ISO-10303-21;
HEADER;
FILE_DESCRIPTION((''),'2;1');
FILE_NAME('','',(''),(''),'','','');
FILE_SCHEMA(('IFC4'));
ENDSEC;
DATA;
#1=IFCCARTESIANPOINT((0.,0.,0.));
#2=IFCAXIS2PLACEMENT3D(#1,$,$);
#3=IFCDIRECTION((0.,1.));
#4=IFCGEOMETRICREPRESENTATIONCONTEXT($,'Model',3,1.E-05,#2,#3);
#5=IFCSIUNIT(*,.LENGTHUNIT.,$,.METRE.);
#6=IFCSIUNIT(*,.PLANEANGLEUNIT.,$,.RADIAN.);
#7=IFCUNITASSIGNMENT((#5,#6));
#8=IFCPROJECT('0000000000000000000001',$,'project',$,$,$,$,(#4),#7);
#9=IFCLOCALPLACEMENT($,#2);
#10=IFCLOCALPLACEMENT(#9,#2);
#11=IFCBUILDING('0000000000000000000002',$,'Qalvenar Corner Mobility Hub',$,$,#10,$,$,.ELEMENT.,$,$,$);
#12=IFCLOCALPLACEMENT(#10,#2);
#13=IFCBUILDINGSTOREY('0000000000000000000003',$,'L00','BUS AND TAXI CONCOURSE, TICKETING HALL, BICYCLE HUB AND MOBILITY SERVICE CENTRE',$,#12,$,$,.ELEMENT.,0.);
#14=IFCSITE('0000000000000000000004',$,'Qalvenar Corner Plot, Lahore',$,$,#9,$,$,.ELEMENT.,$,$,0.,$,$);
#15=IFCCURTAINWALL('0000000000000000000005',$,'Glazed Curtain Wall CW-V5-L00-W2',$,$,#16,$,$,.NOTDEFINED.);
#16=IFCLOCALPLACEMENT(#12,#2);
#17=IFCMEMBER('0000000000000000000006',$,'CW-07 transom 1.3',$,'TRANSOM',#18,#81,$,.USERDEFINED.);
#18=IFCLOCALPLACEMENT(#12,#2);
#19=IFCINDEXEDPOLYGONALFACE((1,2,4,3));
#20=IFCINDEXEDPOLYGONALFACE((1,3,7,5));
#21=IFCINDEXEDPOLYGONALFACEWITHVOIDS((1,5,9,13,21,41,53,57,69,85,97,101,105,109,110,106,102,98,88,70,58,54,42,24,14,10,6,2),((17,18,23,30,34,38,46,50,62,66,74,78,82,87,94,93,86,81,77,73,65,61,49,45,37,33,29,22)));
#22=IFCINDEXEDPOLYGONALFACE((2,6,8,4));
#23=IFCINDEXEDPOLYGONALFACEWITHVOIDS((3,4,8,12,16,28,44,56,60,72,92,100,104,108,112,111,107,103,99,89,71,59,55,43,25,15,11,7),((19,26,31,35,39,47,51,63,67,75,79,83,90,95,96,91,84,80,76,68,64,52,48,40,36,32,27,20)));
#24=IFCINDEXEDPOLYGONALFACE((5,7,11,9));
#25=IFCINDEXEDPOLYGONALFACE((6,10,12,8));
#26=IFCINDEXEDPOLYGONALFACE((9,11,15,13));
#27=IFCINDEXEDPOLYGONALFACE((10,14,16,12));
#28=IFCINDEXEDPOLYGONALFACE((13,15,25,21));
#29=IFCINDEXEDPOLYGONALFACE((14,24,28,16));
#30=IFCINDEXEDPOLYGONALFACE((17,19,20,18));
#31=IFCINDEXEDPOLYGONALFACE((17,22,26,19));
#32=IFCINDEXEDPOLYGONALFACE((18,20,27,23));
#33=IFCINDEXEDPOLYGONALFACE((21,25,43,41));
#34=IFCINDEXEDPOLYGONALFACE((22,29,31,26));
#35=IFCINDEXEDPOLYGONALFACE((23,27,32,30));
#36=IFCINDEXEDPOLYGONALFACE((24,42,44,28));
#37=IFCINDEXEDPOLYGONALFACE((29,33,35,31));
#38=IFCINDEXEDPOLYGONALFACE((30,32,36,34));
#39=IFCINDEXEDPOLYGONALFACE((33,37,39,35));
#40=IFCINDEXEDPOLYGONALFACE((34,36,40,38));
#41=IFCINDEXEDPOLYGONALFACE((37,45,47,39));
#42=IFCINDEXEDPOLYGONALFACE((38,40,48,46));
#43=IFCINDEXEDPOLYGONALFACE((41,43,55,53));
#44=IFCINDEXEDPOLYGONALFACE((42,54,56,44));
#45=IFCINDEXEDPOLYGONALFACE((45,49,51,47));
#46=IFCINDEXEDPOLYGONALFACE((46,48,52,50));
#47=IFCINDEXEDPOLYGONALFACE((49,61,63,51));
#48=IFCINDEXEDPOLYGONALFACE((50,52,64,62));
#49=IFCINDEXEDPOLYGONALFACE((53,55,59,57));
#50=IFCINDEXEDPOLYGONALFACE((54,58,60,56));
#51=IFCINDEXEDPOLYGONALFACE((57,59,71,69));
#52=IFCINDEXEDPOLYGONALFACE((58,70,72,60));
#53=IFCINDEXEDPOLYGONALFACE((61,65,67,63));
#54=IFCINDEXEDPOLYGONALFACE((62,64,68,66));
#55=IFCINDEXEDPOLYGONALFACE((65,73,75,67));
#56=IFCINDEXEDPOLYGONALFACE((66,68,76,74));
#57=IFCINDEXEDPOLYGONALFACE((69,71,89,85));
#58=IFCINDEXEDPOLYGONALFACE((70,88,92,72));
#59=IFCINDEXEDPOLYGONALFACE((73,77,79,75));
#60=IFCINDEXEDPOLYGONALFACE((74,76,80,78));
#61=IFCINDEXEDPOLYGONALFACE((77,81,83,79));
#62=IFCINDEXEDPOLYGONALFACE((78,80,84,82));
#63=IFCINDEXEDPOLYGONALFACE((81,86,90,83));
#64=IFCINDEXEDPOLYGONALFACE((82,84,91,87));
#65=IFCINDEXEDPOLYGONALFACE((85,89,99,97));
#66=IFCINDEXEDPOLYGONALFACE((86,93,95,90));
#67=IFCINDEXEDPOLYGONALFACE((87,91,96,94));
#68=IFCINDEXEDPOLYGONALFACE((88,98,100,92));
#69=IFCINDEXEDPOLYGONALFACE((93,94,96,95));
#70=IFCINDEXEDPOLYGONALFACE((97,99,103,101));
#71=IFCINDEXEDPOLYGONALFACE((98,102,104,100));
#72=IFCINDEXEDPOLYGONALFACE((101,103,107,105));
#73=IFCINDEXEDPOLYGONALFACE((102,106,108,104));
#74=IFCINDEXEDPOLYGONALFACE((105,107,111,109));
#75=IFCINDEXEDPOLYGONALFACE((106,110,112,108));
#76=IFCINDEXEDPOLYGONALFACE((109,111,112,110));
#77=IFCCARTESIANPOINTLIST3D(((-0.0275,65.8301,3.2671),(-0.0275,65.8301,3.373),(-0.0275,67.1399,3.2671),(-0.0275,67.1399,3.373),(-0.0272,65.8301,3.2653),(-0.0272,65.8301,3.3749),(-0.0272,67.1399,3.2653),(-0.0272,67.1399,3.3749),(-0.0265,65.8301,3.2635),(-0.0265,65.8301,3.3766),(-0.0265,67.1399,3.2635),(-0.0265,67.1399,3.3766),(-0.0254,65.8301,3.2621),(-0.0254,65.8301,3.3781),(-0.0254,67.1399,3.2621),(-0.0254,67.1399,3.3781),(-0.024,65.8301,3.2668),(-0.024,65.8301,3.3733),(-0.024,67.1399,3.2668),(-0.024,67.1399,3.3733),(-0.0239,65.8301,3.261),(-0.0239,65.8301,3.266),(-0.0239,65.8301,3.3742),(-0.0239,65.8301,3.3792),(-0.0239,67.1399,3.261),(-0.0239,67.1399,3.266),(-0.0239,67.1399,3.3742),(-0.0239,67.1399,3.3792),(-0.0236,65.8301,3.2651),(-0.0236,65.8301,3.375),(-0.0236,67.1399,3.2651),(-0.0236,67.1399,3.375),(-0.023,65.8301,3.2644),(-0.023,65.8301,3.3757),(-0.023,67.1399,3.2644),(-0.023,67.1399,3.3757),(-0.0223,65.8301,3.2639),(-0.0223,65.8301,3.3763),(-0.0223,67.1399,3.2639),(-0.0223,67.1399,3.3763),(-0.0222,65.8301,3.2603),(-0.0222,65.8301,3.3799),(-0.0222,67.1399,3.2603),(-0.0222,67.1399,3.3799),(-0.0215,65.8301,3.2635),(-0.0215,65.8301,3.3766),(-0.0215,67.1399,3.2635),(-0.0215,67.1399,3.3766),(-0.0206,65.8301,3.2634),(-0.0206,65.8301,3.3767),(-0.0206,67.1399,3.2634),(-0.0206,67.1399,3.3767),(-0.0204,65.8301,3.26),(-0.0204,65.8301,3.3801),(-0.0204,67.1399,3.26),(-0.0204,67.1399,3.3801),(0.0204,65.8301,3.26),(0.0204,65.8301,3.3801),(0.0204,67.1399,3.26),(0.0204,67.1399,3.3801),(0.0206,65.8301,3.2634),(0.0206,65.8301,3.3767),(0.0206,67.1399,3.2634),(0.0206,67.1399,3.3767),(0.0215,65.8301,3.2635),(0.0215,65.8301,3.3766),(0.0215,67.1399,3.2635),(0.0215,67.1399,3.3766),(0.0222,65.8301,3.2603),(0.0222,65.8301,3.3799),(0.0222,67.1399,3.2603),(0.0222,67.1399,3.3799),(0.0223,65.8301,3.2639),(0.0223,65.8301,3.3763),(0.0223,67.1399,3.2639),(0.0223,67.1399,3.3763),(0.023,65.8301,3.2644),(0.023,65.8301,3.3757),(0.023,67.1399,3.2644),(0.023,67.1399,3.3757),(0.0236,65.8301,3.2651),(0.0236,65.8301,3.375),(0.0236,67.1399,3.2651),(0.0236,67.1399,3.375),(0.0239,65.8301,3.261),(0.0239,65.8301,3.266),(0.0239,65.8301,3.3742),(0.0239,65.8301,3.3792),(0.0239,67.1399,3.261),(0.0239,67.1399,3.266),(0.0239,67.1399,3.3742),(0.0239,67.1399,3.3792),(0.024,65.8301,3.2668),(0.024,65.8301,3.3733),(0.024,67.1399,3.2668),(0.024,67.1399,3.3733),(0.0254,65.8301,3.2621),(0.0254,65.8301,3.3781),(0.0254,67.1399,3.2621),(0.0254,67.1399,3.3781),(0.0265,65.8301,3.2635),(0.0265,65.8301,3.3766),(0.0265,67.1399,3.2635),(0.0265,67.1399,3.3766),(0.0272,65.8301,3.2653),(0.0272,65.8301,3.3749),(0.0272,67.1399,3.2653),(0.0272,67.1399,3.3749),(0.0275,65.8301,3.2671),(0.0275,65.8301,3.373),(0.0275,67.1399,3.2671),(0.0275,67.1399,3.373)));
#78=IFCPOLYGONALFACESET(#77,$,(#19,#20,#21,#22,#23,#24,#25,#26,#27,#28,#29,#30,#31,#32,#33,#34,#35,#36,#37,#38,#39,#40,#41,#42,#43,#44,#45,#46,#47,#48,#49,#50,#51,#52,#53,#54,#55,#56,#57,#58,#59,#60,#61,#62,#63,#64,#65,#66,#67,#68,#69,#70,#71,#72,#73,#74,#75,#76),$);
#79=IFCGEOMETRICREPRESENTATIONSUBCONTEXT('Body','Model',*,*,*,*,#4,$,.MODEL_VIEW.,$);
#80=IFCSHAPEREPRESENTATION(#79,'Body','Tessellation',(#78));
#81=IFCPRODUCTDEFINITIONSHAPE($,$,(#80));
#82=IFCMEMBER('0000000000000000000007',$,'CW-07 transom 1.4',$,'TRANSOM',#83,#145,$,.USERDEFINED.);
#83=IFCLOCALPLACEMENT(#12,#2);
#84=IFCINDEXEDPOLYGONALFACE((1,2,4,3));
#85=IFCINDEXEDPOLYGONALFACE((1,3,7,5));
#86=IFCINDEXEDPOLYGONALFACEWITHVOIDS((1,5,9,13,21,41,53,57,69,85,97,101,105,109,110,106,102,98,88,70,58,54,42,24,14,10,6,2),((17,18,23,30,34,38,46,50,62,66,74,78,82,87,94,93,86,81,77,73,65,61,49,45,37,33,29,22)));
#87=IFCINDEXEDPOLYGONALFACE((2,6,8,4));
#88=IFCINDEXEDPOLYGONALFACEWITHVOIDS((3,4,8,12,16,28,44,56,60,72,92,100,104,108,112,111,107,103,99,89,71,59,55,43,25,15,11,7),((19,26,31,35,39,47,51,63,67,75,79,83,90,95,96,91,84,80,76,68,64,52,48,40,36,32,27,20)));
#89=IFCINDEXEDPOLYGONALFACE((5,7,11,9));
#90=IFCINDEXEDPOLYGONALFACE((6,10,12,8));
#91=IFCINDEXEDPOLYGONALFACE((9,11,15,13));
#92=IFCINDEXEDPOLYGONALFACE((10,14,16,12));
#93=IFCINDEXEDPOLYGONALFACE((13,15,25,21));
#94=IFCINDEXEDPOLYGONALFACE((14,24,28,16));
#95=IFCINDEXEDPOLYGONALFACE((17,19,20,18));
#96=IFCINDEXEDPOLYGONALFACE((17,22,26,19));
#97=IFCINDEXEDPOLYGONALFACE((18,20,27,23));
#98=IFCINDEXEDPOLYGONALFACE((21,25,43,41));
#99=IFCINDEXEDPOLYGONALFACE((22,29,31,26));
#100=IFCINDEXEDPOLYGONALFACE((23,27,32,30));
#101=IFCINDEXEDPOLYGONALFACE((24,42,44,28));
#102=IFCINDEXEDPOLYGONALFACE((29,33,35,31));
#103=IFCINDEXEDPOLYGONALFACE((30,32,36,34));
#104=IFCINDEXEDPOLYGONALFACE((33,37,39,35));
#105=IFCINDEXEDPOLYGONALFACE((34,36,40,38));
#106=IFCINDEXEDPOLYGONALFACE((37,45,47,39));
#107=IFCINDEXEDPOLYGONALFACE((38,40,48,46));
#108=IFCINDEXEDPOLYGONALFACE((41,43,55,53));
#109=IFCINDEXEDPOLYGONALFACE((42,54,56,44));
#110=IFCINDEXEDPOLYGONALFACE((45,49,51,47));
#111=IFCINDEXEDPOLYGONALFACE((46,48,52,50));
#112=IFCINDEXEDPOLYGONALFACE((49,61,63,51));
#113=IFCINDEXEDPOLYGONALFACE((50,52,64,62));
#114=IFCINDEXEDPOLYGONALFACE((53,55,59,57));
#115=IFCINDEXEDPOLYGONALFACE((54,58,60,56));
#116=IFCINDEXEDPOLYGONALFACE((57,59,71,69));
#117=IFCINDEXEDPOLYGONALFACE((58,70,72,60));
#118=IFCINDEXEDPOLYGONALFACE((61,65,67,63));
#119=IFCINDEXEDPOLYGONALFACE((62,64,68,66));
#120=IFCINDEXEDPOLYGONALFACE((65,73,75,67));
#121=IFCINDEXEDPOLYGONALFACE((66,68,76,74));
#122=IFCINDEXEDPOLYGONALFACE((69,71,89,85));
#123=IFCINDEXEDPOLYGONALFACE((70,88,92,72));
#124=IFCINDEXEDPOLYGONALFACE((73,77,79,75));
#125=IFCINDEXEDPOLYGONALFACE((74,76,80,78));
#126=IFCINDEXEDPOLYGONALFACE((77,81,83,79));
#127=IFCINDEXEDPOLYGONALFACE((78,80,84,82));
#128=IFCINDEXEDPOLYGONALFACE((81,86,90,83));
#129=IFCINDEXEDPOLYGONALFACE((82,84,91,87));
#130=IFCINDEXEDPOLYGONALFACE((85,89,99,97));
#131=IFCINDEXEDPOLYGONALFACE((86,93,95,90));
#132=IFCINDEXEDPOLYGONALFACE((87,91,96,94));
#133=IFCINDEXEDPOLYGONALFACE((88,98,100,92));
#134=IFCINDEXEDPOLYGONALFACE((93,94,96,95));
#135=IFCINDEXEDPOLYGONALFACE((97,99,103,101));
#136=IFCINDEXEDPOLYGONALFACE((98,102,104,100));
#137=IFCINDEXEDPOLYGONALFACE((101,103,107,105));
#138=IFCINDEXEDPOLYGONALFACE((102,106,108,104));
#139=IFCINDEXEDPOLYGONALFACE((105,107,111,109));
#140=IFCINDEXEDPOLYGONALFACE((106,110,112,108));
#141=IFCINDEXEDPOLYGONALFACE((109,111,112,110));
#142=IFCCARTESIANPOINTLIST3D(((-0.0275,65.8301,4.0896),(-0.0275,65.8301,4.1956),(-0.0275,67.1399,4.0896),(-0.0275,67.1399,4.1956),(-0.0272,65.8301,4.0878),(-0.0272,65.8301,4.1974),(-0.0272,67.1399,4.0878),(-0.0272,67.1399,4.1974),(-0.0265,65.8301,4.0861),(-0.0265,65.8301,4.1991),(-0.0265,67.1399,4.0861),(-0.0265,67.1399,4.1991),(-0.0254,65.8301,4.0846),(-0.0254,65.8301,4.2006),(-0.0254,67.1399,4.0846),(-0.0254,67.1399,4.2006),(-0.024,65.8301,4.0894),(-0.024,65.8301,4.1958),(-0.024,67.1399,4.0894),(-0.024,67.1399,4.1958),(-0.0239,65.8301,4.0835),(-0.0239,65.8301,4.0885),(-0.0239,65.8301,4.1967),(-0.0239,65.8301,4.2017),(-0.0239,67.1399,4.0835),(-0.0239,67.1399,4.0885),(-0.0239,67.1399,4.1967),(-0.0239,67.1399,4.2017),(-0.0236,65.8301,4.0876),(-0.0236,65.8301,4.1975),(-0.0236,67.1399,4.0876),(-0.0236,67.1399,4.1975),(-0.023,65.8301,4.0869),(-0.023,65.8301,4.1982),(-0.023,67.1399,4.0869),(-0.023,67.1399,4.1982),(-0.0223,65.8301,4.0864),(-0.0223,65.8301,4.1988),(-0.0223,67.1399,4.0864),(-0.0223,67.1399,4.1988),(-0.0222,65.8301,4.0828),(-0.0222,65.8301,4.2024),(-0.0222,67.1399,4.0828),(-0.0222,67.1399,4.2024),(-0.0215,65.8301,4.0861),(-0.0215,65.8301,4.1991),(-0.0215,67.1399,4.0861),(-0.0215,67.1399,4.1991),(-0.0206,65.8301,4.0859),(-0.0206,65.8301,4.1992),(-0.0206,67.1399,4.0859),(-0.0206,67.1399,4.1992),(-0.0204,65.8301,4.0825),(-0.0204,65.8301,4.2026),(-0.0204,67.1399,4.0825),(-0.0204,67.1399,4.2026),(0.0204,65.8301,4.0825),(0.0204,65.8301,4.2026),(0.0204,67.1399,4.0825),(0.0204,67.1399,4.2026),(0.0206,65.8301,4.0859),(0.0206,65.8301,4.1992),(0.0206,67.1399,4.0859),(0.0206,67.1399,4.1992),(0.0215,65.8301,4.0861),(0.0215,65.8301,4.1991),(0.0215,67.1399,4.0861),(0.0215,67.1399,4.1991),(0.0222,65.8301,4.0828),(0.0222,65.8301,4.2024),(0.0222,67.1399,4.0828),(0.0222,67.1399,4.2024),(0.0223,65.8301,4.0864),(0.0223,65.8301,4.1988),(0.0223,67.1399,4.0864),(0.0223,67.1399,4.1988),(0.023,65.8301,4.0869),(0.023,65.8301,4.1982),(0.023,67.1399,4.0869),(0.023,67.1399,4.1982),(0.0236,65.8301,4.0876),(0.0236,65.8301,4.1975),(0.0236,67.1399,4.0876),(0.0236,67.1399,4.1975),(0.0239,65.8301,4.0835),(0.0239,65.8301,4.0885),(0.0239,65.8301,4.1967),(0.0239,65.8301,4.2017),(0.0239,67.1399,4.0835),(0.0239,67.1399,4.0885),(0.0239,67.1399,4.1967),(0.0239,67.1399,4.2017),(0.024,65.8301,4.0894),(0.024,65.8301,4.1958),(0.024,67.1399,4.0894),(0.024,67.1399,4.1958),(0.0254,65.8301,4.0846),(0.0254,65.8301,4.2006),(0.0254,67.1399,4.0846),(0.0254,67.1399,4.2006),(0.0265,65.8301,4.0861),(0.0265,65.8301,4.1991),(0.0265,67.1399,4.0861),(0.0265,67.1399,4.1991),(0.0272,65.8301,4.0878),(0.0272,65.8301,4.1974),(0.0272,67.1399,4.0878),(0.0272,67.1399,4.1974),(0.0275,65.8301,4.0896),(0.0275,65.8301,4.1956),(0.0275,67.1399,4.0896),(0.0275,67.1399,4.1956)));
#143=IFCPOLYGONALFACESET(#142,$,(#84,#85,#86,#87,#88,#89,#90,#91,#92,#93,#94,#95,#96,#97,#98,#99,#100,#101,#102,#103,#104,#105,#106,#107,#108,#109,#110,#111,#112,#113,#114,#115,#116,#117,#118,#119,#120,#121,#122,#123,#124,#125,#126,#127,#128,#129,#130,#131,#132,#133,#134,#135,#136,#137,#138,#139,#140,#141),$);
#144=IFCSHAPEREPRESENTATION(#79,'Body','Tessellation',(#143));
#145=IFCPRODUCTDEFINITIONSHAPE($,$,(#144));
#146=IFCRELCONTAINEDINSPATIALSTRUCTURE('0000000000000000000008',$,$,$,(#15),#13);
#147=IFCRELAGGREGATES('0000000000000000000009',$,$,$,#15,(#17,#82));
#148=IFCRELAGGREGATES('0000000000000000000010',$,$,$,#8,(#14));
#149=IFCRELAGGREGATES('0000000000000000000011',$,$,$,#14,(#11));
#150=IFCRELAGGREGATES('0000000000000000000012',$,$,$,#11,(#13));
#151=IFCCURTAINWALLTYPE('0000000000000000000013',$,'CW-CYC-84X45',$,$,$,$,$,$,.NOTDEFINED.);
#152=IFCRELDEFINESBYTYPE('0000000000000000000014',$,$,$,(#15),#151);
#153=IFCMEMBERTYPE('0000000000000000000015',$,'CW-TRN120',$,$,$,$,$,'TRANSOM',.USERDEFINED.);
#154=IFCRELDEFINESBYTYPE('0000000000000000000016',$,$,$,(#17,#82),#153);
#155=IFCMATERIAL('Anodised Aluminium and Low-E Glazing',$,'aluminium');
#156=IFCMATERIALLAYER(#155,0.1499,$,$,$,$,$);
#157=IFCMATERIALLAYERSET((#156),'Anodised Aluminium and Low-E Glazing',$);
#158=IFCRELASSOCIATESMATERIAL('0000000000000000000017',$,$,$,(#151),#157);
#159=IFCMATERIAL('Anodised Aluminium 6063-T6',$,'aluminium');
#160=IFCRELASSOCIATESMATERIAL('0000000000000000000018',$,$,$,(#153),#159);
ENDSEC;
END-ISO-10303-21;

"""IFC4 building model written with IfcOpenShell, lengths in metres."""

from ifc_helpers import new_model, si_unit, direction, frame, origin, origin_2d, place, context, subcontext, project, spatial, hollow_rectangle, extrude, material, layer, layer_set, material_profile, profile_set, type_object, element, aggregate, save


model = new_model("IFC4")

# Units and contexts
model_context = context("Model", 3, precision=1e-05, world=origin(), true_north=direction((0.0, 1.0)))
body_context = subcontext(model_context, "Body", "Model", "MODEL_VIEW")
ifc_project = project(units=[si_unit("LENGTHUNIT", "METRE"), si_unit("PLANEANGLEUNIT", "RADIAN")], contexts=[model_context])

# Site, building, storey
site_placement = place(None, origin())
site = spatial("IfcSite", under=ifc_project, at=site_placement, Name="Qalvenar Corner Plot, Lahore", CompositionType="ELEMENT", RefElevation=0.0)
building_placement = place(site_placement, origin())
building = spatial("IfcBuilding", under=site, at=building_placement, Name="Qalvenar Corner Mobility Hub", CompositionType="ELEMENT")
storey_placement = place(building_placement, origin())
storey = spatial("IfcBuildingStorey", under=building, at=storey_placement, Name="L00", Description="BUS AND TAXI CONCOURSE, TICKETING HALL, BICYCLE HUB AND MOBILITY SERVICE CENTRE", CompositionType="ELEMENT", Elevation=0.0)

# Curtain wall, members
ifc_material_1 = material(Name="Anodised Aluminium and Low-E Glazing", Category="aluminium")
ifc_layer_1 = layer(ifc_material_1, 0.1499)
ifc_layer_set_1 = layer_set([ifc_layer_1], Name="Anodised Aluminium and Low-E Glazing")
curtain_wall_type = type_object("IfcCurtainWallType", Name="CW-CYC-84X45", PredefinedType="NOTDEFINED", material=ifc_layer_set_1)
curtain_wall_placement = place(storey_placement, origin())
curtain_wall = element("IfcCurtainWall", 1, at=curtain_wall_placement, inside=storey, type_object=curtain_wall_type, Name="Glazed Curtain Wall CW-V5-L00-W2", PredefinedType="NOTDEFINED")
ifc_material_2 = material(Name="Anodised Aluminium 6063-T6", Category="aluminium")
ifc_material_profile_1 = material_profile(ifc_material_2, hollow_rectangle(XDim=0.0549, YDim=0.1201, WallThickness=0.0034, InnerFilletRadius=0.0034, OuterFilletRadius=0.0071, at=origin_2d()), Name="RHS120x55x3.5")
ifc_profile_set_1 = profile_set([ifc_material_profile_1], Name="Anodised Aluminium 6063-T6")
member_type_1 = type_object("IfcMemberType", Name="CW-TRN120", ElementType="TRANSOM", PredefinedType="USERDEFINED", material=ifc_profile_set_1)
member_1_placement = place(storey_placement, frame((0.0, 67.1399, 3.3201), z_axis=(0.0, -1.0, 0.0), x_axis=(1.0, 0.0, 0.0)))
member_1 = element("IfcMember", 2, at=member_1_placement, type_object=member_type_1, Name="CW-07 transom 1.3", ObjectType="TRANSOM", PredefinedType="USERDEFINED", context=body_context, shape_type="SweptSolid", body=[
    extrude(hollow_rectangle(XDim=0.0549, YDim=0.1201, WallThickness=0.0034, InnerFilletRadius=0.0034, OuterFilletRadius=0.0071, at=origin_2d()), origin(), (0.0, 0.0, 1.0), 1.3098),
])
member_2_placement = place(storey_placement, frame((0.0, 67.1399, 4.1426), z_axis=(0.0, -1.0, 0.0), x_axis=(1.0, 0.0, 0.0)))
member_2 = element("IfcMember", 3, at=member_2_placement, type_object=member_type_1, Name="CW-07 transom 1.4", ObjectType="TRANSOM", PredefinedType="USERDEFINED", context=body_context, shape_type="SweptSolid", body=[
    extrude(hollow_rectangle(XDim=0.0549, YDim=0.1201, WallThickness=0.0034, InnerFilletRadius=0.0034, OuterFilletRadius=0.0071, at=origin_2d()), origin(), (0.0, 0.0, 1.0), 1.3098),
])
aggregate(curtain_wall, [member_1, member_2])

save(model, "model.ifc")
